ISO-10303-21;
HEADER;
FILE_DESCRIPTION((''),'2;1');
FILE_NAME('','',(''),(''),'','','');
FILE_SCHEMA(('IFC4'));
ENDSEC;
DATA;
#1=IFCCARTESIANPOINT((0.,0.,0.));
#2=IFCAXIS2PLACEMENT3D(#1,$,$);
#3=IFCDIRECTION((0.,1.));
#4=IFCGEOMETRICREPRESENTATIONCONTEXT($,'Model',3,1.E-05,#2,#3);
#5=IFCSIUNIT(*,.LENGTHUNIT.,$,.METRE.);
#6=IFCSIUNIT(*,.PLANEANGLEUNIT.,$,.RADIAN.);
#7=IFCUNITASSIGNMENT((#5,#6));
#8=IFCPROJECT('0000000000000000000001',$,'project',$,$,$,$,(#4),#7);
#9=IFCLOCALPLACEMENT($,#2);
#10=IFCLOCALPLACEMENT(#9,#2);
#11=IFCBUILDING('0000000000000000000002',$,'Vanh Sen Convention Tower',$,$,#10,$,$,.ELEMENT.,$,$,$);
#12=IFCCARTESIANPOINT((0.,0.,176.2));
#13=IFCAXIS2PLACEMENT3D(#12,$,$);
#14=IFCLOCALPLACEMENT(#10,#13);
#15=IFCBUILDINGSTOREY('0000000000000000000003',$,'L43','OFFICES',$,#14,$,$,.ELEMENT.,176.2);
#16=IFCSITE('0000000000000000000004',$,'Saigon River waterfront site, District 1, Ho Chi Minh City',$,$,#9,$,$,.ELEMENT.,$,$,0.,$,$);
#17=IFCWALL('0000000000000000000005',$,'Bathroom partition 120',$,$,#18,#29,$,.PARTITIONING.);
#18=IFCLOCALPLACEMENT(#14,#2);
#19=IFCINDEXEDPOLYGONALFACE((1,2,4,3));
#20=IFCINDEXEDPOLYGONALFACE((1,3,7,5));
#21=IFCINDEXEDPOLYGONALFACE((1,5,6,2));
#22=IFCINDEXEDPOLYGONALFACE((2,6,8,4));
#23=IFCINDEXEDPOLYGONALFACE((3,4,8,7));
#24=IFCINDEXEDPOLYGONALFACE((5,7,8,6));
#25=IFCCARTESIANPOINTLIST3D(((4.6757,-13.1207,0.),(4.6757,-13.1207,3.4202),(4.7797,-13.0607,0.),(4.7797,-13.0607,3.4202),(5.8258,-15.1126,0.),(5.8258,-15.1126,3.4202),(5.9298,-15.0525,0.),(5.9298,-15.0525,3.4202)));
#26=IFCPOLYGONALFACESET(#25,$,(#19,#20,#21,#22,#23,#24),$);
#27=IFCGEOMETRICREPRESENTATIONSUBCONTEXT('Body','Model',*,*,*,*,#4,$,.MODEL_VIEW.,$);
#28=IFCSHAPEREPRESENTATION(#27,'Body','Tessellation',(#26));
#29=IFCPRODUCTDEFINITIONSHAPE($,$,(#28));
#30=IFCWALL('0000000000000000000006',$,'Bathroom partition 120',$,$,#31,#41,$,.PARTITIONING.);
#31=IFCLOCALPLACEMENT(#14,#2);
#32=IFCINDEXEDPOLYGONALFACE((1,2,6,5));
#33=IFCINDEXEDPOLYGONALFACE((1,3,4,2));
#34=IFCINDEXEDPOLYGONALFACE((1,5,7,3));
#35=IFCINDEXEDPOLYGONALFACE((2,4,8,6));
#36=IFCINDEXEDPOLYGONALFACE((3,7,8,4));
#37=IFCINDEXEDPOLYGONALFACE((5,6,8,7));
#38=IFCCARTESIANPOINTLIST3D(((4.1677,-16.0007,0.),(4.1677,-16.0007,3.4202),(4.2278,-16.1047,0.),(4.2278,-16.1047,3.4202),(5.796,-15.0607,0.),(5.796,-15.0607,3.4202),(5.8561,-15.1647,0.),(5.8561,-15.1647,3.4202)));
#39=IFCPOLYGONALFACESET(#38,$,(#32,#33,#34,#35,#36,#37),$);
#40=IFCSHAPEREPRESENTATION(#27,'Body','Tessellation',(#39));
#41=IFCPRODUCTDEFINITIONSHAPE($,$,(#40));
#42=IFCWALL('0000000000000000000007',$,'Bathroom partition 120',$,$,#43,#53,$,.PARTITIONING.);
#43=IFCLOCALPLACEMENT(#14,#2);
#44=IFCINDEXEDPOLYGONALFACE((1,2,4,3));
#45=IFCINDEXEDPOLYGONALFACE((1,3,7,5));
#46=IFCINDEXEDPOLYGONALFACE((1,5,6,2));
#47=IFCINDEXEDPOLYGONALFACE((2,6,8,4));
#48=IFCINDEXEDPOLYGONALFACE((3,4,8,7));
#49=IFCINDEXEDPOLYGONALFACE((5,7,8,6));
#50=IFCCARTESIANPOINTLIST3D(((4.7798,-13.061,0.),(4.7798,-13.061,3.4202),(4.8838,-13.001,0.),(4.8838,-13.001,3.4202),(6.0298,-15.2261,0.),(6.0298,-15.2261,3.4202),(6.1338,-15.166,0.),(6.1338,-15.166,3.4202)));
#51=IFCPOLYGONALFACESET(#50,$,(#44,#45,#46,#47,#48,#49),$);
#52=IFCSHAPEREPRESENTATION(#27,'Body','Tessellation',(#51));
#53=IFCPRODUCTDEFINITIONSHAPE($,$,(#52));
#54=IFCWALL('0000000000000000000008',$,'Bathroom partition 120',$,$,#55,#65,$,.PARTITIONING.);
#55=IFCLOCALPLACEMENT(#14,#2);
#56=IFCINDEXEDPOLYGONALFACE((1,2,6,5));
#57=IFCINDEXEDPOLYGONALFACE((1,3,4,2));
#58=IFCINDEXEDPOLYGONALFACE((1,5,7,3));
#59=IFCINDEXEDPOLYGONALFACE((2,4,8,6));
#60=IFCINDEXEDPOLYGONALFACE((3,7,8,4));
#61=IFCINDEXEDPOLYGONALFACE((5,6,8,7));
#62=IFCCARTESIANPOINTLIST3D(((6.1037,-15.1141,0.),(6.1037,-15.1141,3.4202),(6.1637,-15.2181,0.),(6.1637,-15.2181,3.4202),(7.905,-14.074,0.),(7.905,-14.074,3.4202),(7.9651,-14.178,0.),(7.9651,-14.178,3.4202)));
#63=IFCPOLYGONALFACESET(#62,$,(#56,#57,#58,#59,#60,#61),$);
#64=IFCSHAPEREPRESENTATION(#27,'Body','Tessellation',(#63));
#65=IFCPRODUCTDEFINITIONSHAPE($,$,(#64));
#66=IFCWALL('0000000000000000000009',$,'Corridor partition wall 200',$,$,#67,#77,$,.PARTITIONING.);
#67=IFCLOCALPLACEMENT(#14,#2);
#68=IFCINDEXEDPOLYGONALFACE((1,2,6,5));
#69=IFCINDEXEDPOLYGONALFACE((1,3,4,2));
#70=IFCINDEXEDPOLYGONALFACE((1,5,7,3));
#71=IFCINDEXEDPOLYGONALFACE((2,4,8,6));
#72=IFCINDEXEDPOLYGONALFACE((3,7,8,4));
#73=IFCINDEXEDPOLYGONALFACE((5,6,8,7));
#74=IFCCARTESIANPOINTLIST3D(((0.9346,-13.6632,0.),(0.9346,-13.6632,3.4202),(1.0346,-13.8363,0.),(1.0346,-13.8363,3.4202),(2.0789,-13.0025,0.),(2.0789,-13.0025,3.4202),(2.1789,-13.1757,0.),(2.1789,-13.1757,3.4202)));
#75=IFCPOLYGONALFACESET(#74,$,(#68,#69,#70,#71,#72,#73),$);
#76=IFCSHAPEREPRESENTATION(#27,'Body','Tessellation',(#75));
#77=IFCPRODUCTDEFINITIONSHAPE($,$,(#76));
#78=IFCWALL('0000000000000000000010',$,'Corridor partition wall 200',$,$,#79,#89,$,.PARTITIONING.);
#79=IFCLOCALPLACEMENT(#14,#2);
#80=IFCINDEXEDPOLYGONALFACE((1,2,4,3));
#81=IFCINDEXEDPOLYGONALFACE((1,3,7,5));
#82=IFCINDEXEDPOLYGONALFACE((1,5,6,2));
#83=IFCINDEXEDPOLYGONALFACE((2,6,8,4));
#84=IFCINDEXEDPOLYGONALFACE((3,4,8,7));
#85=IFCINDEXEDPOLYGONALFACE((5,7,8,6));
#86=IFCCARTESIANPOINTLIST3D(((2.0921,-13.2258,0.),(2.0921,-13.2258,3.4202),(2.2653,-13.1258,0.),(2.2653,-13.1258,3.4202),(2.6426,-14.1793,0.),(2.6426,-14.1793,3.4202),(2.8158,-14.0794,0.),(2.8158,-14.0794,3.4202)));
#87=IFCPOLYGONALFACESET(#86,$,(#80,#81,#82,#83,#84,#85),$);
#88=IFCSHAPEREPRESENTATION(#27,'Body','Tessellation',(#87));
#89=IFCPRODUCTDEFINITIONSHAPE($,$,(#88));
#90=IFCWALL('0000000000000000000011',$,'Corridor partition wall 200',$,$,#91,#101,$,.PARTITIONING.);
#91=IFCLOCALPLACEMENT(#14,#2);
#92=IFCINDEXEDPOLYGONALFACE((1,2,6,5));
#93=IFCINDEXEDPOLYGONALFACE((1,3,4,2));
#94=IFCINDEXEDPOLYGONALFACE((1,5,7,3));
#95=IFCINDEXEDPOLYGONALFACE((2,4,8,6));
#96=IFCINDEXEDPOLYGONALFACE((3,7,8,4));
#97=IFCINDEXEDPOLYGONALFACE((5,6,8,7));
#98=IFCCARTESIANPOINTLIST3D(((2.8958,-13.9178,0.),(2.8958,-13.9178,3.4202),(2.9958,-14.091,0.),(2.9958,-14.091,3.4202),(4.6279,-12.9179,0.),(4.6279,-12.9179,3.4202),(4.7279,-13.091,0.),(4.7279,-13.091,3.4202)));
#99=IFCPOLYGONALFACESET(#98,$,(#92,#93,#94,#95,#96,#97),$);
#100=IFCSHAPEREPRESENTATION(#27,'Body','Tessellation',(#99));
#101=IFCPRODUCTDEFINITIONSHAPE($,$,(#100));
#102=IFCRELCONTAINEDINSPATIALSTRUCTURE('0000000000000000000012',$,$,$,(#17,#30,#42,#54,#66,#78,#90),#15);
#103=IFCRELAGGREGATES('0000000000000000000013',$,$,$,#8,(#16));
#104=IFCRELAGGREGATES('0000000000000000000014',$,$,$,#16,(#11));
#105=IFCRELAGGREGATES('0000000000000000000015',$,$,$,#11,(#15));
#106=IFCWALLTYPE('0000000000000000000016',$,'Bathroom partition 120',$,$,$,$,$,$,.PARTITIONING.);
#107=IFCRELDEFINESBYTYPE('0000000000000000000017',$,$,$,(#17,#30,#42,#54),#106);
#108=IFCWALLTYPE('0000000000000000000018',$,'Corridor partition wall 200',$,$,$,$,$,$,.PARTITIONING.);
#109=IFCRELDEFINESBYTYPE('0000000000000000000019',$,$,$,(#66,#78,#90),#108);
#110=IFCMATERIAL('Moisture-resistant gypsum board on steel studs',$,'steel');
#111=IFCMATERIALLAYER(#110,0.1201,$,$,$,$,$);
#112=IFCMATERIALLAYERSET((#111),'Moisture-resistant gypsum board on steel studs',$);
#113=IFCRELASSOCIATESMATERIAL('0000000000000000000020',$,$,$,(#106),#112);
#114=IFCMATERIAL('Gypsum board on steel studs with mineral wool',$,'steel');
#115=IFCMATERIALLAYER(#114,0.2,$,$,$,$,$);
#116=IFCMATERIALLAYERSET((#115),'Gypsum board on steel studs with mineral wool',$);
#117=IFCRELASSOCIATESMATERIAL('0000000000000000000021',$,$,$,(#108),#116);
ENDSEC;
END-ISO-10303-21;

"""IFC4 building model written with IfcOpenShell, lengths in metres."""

from ifc_helpers import new_model, si_unit, direction, frame, frame_2d, origin, place, context, subcontext, project, spatial, rectangle, extrude, material, layer, layer_set, type_object, element, save


model = new_model("IFC4")

# Units and contexts
model_context = context("Model", 3, precision=1e-05, world=origin(), true_north=direction((0.0, 1.0)))
body_context = subcontext(model_context, "Body", "Model", "MODEL_VIEW")
ifc_project = project(units=[si_unit("LENGTHUNIT", "METRE"), si_unit("PLANEANGLEUNIT", "RADIAN")], contexts=[model_context])

# Site, building, storey
site_placement = place(None, origin())
site = spatial("IfcSite", under=ifc_project, at=site_placement, Name="Saigon River waterfront site, District 1, Ho Chi Minh City", CompositionType="ELEMENT", RefElevation=0.0)
building_placement = place(site_placement, origin())
building = spatial("IfcBuilding", under=site, at=building_placement, Name="Vanh Sen Convention Tower", CompositionType="ELEMENT")
storey_placement = place(building_placement, frame((0.0, 0.0, 176.2)))
storey = spatial("IfcBuildingStorey", under=building, at=storey_placement, Name="L43", Description="OFFICES", CompositionType="ELEMENT", Elevation=176.2)

# Shared definitions
ifc_material_1 = material(Name="Moisture-resistant gypsum board on steel studs", Category="steel")
ifc_layer_1 = layer(ifc_material_1, 0.1201)
ifc_layer_set_1 = layer_set([ifc_layer_1], Name="Moisture-resistant gypsum board on steel studs")
wall_type_1 = type_object("IfcWallType", Name="Bathroom partition 120", PredefinedType="PARTITIONING", material=ifc_layer_set_1)

# Walls
wall_1_placement = place(storey_placement, frame((4.7278, -13.0908, 0.0), z_axis=(0.0, 0.0, 1.0), x_axis=(0.500032, -0.866007, 0.0)))
element("IfcWall", 1, at=wall_1_placement, inside=storey, type_object=wall_type_1, Name="Bathroom partition 120", PredefinedType="PARTITIONING", context=body_context, shape_type="SweptSolid", body=[
    extrude(rectangle(XDim=2.3, YDim=0.1201, at=frame_2d((1.1499, 0.0))), origin(), (0.0, 0.0, 1.0), 3.4202),
])
wall_2_placement = place(storey_placement, frame((5.8259, -15.1128, 0.0), z_axis=(0.0, 0.0, 1.0), x_axis=(-0.866045, -0.499966, 0.0)))
element("IfcWall", 2, at=wall_2_placement, inside=storey, type_object=wall_type_1, Name="Bathroom partition 120", PredefinedType="PARTITIONING", context=body_context, shape_type="SweptSolid", body=[
    extrude(rectangle(XDim=1.8801, YDim=0.1201, at=frame_2d((0.9399, 0.0))), origin(), (0.0, 0.0, 1.0), 3.4202),
])
wall_3_placement = place(storey_placement, frame((6.0818, -15.196, 0.0), z_axis=(0.0, 0.0, 1.0), x_axis=(-0.500004, 0.866023, 0.0)))
element("IfcWall", 3, at=wall_3_placement, inside=storey, type_object=wall_type_1, Name="Bathroom partition 120", PredefinedType="PARTITIONING", context=body_context, shape_type="SweptSolid", body=[
    extrude(rectangle(XDim=2.5, YDim=0.1201, at=frame_2d((1.25, 0.0))), origin(), (0.0, 0.0, 1.0), 3.4202),
])
wall_4_placement = place(storey_placement, frame((7.9351, -14.126, 0.0), z_axis=(0.0, 0.0, 1.0), x_axis=(-0.86601, -0.500027, 0.0)))
element("IfcWall", 4, at=wall_4_placement, inside=storey, type_object=wall_type_1, Name="Bathroom partition 120", PredefinedType="PARTITIONING", context=body_context, shape_type="SweptSolid", body=[
    extrude(rectangle(XDim=2.0801, YDim=0.1201, at=frame_2d((1.04, 0.0))), origin(), (0.0, 0.0, 1.0), 3.4202),
])
ifc_material_2 = material(Name="Gypsum board on steel studs with mineral wool", Category="steel")
ifc_layer_2 = layer(ifc_material_2, 0.2)
ifc_layer_set_2 = layer_set([ifc_layer_2], Name="Gypsum board on steel studs with mineral wool")
wall_type_2 = type_object("IfcWallType", Name="Corridor partition wall 200", PredefinedType="PARTITIONING", material=ifc_layer_set_2)
wall_5_placement = place(storey_placement, frame((0.9846, -13.7498, 0.0), z_axis=(0.0, 0.0, 1.0), x_axis=(0.866029, 0.499994, 0.0)))
element("IfcWall", 5, at=wall_5_placement, inside=storey, type_object=wall_type_2, Name="Corridor partition wall 200", PredefinedType="PARTITIONING", context=body_context, shape_type="SweptSolid", body=[
    extrude(rectangle(XDim=1.3213, YDim=0.2, at=frame_2d((0.6606, 0.0))), origin(), (0.0, 0.0, 1.0), 3.4202),
])
wall_6_placement = place(storey_placement, frame((2.1787, -13.1758, 0.0), z_axis=(0.0, 0.0, 1.0), x_axis=(0.499978, -0.866038, 0.0)))
element("IfcWall", 6, at=wall_6_placement, inside=storey, type_object=wall_type_2, Name="Corridor partition wall 200", PredefinedType="PARTITIONING", context=body_context, shape_type="SweptSolid", body=[
    extrude(rectangle(XDim=1.1011, YDim=0.2, at=frame_2d((0.5505, 0.0))), origin(), (0.0, 0.0, 1.0), 3.4202),
])
wall_7_placement = place(storey_placement, frame((2.9458, -14.0044, 0.0), z_axis=(0.0, 0.0, 1.0), x_axis=(0.866041, 0.499973, 0.0)))
element("IfcWall", 7, at=wall_7_placement, inside=storey, type_object=wall_type_2, Name="Corridor partition wall 200", PredefinedType="PARTITIONING", context=body_context, shape_type="SweptSolid", body=[
    extrude(rectangle(XDim=2.0, YDim=0.2, at=frame_2d((1.0, 0.0))), origin(), (0.0, 0.0, 1.0), 3.4202),
])

save(model, "model.ifc")
